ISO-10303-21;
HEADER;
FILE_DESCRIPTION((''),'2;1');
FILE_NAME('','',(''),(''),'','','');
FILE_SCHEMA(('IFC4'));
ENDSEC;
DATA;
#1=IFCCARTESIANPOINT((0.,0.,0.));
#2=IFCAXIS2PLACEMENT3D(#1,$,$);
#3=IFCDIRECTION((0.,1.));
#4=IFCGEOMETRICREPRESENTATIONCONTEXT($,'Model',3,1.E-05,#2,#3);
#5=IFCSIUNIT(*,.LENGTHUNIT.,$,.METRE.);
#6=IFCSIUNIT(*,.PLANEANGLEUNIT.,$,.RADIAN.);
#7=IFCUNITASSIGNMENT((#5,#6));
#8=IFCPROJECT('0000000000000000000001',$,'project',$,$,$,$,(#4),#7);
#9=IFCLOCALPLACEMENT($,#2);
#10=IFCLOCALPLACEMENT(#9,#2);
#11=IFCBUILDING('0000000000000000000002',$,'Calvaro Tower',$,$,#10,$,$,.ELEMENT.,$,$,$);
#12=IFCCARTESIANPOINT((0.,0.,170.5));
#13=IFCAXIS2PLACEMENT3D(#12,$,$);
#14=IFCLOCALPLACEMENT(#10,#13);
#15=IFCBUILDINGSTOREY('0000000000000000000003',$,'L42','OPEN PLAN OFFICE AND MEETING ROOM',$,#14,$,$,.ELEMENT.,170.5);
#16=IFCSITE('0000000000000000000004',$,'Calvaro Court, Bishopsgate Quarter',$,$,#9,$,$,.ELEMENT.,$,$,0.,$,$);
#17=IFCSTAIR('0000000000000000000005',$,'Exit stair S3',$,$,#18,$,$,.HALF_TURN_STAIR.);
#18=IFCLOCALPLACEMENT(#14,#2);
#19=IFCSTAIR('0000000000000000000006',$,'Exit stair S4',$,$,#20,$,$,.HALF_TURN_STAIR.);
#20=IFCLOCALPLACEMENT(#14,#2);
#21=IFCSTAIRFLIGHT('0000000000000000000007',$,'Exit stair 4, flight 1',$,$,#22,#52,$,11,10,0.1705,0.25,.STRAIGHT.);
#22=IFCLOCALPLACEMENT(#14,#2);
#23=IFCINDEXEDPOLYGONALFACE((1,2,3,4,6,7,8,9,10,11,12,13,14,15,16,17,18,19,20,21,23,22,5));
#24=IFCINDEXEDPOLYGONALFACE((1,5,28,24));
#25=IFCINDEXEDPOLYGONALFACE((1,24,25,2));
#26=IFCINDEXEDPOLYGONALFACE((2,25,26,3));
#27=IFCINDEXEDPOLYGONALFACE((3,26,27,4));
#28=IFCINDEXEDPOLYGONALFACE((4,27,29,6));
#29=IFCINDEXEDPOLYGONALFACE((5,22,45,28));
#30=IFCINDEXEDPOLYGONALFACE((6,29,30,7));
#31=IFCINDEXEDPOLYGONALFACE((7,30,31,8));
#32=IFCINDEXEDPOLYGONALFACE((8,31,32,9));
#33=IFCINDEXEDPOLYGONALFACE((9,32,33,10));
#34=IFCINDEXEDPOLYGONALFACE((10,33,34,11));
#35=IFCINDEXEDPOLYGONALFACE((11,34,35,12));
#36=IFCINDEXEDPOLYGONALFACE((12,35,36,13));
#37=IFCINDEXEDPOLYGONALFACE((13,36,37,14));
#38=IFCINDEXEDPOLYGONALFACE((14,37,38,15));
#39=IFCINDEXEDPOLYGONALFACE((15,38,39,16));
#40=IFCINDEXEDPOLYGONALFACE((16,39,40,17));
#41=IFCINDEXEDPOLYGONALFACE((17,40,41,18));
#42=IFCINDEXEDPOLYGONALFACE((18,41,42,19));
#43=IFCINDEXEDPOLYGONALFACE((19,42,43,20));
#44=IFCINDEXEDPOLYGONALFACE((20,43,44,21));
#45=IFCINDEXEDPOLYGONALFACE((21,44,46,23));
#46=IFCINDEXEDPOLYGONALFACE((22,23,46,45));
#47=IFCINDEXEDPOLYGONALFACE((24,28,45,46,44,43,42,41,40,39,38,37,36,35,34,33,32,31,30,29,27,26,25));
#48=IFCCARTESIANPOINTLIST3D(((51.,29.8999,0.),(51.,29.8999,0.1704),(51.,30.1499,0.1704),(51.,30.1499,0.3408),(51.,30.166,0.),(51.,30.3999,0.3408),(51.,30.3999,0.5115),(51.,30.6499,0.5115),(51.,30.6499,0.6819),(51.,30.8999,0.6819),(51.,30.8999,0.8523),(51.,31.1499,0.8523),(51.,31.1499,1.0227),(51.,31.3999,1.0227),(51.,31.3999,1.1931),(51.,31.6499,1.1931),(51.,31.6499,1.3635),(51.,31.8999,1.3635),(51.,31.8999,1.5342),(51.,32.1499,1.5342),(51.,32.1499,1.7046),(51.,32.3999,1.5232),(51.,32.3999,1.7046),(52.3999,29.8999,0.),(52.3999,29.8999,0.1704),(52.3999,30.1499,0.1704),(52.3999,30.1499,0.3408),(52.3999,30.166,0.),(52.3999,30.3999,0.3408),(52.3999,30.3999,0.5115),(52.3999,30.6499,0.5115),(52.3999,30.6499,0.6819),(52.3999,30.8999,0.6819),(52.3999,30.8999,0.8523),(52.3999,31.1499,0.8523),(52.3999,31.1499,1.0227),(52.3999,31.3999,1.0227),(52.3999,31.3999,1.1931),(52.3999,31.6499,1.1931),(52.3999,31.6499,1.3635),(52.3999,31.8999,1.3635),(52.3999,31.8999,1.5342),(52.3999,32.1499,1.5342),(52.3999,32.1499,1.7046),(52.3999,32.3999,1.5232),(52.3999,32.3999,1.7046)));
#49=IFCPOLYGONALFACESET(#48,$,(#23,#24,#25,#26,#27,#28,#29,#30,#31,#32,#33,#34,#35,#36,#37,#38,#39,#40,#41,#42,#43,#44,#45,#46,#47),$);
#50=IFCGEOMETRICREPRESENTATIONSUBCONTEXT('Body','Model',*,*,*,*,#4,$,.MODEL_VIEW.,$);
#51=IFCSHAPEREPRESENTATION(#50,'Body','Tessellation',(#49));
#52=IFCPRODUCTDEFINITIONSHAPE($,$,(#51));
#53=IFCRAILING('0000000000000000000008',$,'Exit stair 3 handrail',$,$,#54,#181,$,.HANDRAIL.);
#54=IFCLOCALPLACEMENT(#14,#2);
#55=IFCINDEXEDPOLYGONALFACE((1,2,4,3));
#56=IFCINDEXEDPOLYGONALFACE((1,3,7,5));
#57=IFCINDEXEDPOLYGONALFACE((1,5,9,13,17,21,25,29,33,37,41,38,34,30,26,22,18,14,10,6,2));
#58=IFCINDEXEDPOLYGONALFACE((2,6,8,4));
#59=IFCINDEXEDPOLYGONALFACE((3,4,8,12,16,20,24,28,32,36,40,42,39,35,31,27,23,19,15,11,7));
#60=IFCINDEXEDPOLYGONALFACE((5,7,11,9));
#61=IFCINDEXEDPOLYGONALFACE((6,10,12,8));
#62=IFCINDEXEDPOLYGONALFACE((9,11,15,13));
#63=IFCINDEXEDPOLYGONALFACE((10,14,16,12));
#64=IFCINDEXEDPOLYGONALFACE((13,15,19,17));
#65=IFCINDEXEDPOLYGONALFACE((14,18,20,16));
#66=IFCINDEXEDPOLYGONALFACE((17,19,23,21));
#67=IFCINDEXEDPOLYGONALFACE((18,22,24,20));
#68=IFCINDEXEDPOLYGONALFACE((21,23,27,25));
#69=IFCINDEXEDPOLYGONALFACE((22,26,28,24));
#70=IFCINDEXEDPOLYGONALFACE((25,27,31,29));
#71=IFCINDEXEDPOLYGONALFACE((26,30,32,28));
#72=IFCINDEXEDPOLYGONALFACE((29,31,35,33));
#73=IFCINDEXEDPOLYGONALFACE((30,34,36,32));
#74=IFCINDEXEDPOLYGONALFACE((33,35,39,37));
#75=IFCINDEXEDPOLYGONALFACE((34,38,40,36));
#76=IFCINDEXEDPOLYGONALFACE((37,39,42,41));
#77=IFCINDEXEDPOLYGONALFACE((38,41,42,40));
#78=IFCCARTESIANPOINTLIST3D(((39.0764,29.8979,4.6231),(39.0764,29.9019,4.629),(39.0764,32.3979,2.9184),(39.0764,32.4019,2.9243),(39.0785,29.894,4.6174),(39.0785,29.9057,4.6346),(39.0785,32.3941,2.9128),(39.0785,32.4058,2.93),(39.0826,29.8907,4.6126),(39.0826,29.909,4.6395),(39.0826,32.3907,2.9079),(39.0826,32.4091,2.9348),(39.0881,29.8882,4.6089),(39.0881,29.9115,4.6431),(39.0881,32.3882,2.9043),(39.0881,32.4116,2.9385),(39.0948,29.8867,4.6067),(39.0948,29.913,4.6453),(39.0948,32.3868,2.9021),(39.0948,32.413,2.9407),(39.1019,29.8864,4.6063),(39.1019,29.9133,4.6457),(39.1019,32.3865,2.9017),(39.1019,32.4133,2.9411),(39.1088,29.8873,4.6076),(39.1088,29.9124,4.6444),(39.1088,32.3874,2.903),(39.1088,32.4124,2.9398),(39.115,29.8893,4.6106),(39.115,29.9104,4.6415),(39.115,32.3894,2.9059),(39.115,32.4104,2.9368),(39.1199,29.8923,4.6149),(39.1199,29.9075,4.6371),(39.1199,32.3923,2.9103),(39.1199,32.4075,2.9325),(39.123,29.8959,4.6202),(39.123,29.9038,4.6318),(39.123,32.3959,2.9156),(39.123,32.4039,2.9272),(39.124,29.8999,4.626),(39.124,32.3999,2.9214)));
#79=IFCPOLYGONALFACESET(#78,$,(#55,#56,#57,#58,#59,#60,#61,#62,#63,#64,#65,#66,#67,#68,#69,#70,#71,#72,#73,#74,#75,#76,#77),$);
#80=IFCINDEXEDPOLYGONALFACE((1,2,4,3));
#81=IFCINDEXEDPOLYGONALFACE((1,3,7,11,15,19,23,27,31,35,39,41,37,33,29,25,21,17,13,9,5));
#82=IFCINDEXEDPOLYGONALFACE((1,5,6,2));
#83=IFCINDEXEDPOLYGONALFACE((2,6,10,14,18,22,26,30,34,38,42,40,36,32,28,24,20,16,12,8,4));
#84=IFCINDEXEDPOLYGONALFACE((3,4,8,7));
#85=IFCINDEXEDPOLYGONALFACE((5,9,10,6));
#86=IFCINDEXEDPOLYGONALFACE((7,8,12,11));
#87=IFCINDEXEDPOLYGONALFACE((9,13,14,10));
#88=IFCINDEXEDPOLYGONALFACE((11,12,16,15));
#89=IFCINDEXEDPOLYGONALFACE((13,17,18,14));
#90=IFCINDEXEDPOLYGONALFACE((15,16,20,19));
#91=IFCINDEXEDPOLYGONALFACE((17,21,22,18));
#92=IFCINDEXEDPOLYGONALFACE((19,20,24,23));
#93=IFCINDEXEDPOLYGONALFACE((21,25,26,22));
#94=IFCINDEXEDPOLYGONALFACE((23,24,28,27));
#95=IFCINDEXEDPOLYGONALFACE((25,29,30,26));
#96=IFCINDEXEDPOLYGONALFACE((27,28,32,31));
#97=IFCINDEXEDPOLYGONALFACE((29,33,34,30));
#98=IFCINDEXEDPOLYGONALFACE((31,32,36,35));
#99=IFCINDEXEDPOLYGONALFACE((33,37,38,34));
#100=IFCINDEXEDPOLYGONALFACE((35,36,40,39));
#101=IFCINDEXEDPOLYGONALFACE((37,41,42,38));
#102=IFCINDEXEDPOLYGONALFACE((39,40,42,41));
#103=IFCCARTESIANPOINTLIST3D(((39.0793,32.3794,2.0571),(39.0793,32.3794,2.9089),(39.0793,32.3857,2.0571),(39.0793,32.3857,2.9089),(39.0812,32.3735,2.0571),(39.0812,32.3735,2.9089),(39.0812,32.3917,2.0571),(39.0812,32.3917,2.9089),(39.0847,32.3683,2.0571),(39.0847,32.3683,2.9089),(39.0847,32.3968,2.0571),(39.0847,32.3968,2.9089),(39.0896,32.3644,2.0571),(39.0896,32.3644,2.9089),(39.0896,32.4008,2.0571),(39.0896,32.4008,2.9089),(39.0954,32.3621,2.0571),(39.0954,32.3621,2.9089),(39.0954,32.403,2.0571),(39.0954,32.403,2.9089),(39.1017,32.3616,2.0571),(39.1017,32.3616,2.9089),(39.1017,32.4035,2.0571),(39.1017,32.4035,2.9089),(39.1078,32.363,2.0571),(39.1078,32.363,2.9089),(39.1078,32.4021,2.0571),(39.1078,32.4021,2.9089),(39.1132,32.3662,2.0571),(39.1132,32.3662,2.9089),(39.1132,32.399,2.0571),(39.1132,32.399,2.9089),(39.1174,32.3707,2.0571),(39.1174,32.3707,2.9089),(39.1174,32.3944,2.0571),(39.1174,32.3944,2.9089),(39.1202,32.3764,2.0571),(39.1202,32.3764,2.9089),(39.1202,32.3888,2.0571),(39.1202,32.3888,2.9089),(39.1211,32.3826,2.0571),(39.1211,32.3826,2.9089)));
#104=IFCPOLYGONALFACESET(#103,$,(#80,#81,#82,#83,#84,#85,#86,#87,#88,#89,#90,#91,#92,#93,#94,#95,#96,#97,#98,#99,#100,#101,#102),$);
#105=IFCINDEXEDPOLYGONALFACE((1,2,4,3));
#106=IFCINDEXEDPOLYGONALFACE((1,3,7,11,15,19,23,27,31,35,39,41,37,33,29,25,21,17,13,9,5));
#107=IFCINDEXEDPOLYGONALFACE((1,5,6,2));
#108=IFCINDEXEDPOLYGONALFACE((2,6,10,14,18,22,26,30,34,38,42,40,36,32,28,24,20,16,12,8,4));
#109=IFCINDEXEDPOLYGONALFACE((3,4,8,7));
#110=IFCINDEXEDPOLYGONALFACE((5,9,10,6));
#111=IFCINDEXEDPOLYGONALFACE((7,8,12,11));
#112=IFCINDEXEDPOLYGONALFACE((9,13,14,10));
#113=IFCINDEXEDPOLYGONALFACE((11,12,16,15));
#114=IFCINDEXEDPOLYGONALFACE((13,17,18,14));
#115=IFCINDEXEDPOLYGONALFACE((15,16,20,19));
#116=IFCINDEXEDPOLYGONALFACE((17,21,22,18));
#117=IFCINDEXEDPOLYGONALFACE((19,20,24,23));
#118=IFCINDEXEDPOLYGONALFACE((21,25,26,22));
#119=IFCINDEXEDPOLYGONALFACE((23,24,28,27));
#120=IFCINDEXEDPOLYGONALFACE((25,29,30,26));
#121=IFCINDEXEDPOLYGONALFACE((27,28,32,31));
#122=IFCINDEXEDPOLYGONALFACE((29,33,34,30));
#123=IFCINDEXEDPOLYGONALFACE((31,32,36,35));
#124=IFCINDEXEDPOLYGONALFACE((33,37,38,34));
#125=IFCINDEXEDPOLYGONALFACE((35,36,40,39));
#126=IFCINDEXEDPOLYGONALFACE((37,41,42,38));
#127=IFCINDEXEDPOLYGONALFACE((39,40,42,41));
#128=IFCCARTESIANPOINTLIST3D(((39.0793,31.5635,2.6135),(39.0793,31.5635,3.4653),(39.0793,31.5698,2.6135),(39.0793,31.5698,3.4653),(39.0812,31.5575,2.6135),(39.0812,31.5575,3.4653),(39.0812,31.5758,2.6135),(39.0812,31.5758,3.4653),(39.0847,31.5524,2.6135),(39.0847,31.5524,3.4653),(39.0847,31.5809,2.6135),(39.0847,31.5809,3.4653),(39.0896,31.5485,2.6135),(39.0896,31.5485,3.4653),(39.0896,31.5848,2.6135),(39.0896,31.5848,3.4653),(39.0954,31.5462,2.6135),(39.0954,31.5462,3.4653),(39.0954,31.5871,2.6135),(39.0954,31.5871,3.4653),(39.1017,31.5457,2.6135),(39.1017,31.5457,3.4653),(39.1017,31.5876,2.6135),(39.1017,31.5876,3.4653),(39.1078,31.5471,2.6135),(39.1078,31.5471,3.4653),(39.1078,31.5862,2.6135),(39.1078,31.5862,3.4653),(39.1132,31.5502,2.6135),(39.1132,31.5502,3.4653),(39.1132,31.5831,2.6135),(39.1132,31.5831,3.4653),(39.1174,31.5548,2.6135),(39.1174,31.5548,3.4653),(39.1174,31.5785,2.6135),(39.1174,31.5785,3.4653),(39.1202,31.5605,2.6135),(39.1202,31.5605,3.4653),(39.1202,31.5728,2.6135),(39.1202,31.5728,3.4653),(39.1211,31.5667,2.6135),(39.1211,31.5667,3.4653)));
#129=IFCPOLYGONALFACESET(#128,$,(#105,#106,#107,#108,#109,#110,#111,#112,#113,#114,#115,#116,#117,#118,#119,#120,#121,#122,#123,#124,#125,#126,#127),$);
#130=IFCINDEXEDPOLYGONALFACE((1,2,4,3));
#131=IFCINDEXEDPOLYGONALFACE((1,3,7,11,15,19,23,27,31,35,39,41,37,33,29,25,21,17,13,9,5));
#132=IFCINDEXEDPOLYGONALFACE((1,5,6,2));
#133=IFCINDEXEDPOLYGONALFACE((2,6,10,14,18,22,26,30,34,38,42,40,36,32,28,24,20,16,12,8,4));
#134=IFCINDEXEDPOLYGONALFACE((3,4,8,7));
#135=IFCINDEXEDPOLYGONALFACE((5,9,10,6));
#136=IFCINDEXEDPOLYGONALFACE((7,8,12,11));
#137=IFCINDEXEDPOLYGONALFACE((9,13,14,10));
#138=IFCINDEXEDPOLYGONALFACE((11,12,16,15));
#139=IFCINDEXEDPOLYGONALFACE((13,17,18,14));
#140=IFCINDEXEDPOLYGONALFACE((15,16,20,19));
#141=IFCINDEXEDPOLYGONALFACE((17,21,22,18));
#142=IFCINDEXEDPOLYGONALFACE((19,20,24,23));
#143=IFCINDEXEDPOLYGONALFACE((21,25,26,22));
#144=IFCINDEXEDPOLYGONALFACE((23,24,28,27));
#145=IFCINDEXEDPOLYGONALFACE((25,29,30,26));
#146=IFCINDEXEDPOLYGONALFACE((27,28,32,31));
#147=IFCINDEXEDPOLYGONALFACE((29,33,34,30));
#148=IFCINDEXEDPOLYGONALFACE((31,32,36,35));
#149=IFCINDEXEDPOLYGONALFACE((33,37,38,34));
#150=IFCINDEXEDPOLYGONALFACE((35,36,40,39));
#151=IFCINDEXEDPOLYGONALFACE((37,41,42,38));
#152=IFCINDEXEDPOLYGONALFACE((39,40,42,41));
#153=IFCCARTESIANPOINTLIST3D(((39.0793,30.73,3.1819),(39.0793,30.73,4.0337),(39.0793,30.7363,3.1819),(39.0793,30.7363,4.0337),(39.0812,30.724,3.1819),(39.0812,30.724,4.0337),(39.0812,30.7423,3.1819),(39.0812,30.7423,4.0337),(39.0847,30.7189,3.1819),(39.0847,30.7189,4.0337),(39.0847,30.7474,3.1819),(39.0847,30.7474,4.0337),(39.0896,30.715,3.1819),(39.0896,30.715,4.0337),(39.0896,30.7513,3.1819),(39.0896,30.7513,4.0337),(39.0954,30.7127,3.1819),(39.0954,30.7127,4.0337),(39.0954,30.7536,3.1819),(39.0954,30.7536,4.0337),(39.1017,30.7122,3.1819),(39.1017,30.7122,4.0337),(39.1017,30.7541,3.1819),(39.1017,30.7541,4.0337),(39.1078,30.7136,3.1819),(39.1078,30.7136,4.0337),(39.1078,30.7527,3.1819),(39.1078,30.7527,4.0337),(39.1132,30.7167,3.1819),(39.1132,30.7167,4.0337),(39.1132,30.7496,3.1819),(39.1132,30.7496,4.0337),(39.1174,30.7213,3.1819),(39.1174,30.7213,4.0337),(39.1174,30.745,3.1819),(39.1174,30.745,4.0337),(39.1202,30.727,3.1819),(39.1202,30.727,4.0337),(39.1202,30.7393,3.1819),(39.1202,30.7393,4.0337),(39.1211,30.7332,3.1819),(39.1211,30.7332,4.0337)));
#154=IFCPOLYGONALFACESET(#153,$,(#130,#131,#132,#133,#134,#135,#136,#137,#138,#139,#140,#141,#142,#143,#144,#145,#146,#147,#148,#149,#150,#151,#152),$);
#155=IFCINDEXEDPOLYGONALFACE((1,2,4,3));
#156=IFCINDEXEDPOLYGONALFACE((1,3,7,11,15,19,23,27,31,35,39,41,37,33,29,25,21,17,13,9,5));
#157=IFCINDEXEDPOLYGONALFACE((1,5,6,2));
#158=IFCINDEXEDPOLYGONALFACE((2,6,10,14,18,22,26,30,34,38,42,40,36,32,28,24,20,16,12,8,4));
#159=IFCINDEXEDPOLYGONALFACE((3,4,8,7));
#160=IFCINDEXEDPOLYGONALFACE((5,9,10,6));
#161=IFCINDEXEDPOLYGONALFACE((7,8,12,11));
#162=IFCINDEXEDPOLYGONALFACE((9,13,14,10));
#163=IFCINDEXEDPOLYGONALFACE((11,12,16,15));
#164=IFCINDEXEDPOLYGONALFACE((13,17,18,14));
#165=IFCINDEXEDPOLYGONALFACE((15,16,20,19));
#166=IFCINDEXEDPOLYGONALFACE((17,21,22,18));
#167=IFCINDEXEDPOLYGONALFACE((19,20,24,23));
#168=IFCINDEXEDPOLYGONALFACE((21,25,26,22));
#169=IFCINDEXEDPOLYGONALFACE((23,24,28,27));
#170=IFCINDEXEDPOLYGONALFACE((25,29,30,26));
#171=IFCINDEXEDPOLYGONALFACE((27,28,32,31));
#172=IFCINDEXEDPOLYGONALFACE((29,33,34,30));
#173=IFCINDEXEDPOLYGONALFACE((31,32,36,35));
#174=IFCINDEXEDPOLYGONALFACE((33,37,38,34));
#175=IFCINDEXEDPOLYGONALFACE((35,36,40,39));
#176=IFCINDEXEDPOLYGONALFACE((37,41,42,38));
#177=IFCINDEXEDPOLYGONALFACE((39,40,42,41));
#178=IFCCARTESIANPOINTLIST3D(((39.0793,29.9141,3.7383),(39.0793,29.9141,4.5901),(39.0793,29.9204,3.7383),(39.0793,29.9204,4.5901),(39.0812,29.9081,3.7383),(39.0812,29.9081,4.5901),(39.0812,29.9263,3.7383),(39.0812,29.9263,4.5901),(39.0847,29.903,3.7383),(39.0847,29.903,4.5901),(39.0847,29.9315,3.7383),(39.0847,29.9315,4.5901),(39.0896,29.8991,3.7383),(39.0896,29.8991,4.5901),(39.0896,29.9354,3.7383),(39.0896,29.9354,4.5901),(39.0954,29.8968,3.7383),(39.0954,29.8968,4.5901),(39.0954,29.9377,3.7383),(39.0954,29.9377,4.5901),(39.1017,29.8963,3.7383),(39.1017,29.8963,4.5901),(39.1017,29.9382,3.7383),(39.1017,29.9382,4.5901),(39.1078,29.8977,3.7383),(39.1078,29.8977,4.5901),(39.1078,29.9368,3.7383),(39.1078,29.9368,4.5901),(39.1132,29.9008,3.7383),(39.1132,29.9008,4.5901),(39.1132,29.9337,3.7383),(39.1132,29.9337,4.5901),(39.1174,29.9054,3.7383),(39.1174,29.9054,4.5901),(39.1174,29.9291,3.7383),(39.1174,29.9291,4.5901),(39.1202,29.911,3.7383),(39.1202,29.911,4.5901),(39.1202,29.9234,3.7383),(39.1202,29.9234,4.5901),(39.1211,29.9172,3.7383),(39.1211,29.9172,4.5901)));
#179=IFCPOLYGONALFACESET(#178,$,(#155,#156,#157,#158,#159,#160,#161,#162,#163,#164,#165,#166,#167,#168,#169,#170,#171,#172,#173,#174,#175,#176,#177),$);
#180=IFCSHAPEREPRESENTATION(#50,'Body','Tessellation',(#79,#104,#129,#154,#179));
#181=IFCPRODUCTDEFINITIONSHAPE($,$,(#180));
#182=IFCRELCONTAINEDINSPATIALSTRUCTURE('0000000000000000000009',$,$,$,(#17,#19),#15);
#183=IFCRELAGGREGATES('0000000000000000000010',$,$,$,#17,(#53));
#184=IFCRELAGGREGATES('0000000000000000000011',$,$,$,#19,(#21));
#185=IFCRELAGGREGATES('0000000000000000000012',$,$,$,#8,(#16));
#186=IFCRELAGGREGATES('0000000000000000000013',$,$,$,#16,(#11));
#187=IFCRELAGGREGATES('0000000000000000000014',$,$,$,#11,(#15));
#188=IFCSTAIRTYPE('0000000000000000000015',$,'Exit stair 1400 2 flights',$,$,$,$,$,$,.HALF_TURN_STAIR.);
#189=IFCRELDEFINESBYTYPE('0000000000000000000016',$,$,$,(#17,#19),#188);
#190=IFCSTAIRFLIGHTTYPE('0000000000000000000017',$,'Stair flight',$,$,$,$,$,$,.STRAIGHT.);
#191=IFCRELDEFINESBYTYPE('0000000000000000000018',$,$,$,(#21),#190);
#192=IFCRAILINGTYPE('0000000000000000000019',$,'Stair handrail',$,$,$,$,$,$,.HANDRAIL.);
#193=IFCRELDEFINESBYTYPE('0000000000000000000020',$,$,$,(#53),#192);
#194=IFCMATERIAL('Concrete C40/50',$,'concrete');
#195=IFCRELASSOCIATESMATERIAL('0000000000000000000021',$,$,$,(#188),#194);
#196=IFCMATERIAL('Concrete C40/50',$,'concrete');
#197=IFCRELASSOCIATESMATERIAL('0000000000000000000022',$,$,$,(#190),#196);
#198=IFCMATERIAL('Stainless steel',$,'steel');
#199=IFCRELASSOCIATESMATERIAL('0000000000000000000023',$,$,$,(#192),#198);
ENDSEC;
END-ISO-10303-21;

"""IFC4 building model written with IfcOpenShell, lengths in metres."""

from ifc_helpers import new_model, si_unit, direction, frame, origin, origin_2d, place, context, subcontext, project, spatial, polyline, circle, outline, extrude, material, type_object, element, aggregate, save


model = new_model("IFC4")

# Units and contexts
model_context = context("Model", 3, precision=1e-05, world=origin(), true_north=direction((0.0, 1.0)))
body_context = subcontext(model_context, "Body", "Model", "MODEL_VIEW")
ifc_project = project(units=[si_unit("LENGTHUNIT", "METRE"), si_unit("PLANEANGLEUNIT", "RADIAN")], contexts=[model_context])

# Site, building, storey
site_placement = place(None, origin())
site = spatial("IfcSite", under=ifc_project, at=site_placement, Name="Calvaro Court, Bishopsgate Quarter", CompositionType="ELEMENT", RefElevation=0.0)
building_placement = place(site_placement, origin())
building = spatial("IfcBuilding", under=site, at=building_placement, Name="Calvaro Tower", CompositionType="ELEMENT")
storey_placement = place(building_placement, frame((0.0, 0.0, 170.5)))
storey = spatial("IfcBuildingStorey", under=building, at=storey_placement, Name="L42", Description="OPEN PLAN OFFICE AND MEETING ROOM", CompositionType="ELEMENT", Elevation=170.5)

# Stairs, stair flight
ifc_material_1 = material(Name="Concrete C40/50", Category="concrete")
stair_type = type_object("IfcStairType", Name="Exit stair 1400 2 flights", PredefinedType="HALF_TURN_STAIR", material=ifc_material_1)
stair_1_placement = place(storey_placement, origin())
stair_1 = element("IfcStair", 1, at=stair_1_placement, inside=storey, type_object=stair_type, Name="Exit stair S3", PredefinedType="HALF_TURN_STAIR")
ifc_material_2 = material(Name="Concrete C40/50", Category="concrete")
stair_flight_type = type_object("IfcStairFlightType", Name="Stair flight", PredefinedType="STRAIGHT", material=ifc_material_2)
stair_2_placement = place(storey_placement, origin())
stair_2 = element("IfcStair", 2, at=stair_2_placement, inside=storey, type_object=stair_type, Name="Exit stair S4", PredefinedType="HALF_TURN_STAIR")
stair_flight_1_placement = place(storey_placement, frame((51.7, 29.8999, 0.0), z_axis=(0.0, 0.0, 1.0), x_axis=(0.0, 1.0, 0.0)))
stair_flight_1 = element("IfcStairFlight", 3, at=stair_flight_1_placement, type_object=stair_flight_type, Name="Exit stair 4, flight 1", NumberOfRisers=11, NumberOfTreads=10, PredefinedType="STRAIGHT", RiserHeight=0.1705, TreadLength=0.25, context=body_context, shape_type="SweptSolid", body=[
    extrude(outline(polyline([(0.0, 0.0), (0.0, 0.1704), (0.25, 0.1704), (0.25, 0.3408), (0.5, 0.3408), (0.5, 0.5115), (0.75, 0.5115), (0.75, 0.6819), (1.0, 0.6819), (1.0, 0.8523), (1.25, 0.8523), (1.25, 1.0227), (1.5, 1.0227), (1.5, 1.1931), (1.75, 1.1931), (1.75, 1.3635), (2.0, 1.3635), (2.0, 1.5342), (2.25, 1.5342), (2.25, 1.7046), (2.5, 1.7046), (2.5, 1.875), (2.5, 1.5232), (0.2661, 0.0), (0.0, 0.0)])), frame((0.0, 0.7, 0.0), z_axis=(0.0, -1.0, 0.0), x_axis=(1.0, 0.0, 0.0)), (0.0, 0.0, 1.0), 1.3999),
])

# Railing
ifc_material_3 = material(Name="Stainless steel", Category="steel")
railing_type = type_object("IfcRailingType", Name="Stair handrail", PredefinedType="HANDRAIL", material=ifc_material_3)
railing_1_placement = place(storey_placement, frame((39.1001, 32.3999, 2.0454)))
railing_1 = element("IfcRailing", 4, at=railing_1_placement, type_object=railing_type, Name="Exit stair 3 handrail", PredefinedType="HANDRAIL", context=body_context, shape_type="SweptSolid", body=[
    extrude(circle(Radius=0.0239, at=origin_2d()), frame((0.0, 0.0, 0.876), z_axis=(0.0, -0.826221, 0.563347), x_axis=(1.0, 0.0, 0.0)), (0.0, 0.0, 1.0), 3.0259),
    extrude(circle(Radius=0.021, at=origin_2d()), frame((0.0, -0.0173, 0.0117)), (0.0, 0.0, 1.0), 0.8518),
    extrude(circle(Radius=0.021, at=origin_2d()), frame((0.0, -0.8333, 0.5681)), (0.0, 0.0, 1.0), 0.8518),
    extrude(circle(Radius=0.021, at=origin_2d()), frame((0.0, -1.6667, 1.1365)), (0.0, 0.0, 1.0), 0.8518),
    extrude(circle(Radius=0.021, at=origin_2d()), frame((0.0, -2.4827, 1.6929)), (0.0, 0.0, 1.0), 0.8518),
])
aggregate(stair_1, [railing_1])
aggregate(stair_2, [stair_flight_1])

save(model, "model.ifc")
